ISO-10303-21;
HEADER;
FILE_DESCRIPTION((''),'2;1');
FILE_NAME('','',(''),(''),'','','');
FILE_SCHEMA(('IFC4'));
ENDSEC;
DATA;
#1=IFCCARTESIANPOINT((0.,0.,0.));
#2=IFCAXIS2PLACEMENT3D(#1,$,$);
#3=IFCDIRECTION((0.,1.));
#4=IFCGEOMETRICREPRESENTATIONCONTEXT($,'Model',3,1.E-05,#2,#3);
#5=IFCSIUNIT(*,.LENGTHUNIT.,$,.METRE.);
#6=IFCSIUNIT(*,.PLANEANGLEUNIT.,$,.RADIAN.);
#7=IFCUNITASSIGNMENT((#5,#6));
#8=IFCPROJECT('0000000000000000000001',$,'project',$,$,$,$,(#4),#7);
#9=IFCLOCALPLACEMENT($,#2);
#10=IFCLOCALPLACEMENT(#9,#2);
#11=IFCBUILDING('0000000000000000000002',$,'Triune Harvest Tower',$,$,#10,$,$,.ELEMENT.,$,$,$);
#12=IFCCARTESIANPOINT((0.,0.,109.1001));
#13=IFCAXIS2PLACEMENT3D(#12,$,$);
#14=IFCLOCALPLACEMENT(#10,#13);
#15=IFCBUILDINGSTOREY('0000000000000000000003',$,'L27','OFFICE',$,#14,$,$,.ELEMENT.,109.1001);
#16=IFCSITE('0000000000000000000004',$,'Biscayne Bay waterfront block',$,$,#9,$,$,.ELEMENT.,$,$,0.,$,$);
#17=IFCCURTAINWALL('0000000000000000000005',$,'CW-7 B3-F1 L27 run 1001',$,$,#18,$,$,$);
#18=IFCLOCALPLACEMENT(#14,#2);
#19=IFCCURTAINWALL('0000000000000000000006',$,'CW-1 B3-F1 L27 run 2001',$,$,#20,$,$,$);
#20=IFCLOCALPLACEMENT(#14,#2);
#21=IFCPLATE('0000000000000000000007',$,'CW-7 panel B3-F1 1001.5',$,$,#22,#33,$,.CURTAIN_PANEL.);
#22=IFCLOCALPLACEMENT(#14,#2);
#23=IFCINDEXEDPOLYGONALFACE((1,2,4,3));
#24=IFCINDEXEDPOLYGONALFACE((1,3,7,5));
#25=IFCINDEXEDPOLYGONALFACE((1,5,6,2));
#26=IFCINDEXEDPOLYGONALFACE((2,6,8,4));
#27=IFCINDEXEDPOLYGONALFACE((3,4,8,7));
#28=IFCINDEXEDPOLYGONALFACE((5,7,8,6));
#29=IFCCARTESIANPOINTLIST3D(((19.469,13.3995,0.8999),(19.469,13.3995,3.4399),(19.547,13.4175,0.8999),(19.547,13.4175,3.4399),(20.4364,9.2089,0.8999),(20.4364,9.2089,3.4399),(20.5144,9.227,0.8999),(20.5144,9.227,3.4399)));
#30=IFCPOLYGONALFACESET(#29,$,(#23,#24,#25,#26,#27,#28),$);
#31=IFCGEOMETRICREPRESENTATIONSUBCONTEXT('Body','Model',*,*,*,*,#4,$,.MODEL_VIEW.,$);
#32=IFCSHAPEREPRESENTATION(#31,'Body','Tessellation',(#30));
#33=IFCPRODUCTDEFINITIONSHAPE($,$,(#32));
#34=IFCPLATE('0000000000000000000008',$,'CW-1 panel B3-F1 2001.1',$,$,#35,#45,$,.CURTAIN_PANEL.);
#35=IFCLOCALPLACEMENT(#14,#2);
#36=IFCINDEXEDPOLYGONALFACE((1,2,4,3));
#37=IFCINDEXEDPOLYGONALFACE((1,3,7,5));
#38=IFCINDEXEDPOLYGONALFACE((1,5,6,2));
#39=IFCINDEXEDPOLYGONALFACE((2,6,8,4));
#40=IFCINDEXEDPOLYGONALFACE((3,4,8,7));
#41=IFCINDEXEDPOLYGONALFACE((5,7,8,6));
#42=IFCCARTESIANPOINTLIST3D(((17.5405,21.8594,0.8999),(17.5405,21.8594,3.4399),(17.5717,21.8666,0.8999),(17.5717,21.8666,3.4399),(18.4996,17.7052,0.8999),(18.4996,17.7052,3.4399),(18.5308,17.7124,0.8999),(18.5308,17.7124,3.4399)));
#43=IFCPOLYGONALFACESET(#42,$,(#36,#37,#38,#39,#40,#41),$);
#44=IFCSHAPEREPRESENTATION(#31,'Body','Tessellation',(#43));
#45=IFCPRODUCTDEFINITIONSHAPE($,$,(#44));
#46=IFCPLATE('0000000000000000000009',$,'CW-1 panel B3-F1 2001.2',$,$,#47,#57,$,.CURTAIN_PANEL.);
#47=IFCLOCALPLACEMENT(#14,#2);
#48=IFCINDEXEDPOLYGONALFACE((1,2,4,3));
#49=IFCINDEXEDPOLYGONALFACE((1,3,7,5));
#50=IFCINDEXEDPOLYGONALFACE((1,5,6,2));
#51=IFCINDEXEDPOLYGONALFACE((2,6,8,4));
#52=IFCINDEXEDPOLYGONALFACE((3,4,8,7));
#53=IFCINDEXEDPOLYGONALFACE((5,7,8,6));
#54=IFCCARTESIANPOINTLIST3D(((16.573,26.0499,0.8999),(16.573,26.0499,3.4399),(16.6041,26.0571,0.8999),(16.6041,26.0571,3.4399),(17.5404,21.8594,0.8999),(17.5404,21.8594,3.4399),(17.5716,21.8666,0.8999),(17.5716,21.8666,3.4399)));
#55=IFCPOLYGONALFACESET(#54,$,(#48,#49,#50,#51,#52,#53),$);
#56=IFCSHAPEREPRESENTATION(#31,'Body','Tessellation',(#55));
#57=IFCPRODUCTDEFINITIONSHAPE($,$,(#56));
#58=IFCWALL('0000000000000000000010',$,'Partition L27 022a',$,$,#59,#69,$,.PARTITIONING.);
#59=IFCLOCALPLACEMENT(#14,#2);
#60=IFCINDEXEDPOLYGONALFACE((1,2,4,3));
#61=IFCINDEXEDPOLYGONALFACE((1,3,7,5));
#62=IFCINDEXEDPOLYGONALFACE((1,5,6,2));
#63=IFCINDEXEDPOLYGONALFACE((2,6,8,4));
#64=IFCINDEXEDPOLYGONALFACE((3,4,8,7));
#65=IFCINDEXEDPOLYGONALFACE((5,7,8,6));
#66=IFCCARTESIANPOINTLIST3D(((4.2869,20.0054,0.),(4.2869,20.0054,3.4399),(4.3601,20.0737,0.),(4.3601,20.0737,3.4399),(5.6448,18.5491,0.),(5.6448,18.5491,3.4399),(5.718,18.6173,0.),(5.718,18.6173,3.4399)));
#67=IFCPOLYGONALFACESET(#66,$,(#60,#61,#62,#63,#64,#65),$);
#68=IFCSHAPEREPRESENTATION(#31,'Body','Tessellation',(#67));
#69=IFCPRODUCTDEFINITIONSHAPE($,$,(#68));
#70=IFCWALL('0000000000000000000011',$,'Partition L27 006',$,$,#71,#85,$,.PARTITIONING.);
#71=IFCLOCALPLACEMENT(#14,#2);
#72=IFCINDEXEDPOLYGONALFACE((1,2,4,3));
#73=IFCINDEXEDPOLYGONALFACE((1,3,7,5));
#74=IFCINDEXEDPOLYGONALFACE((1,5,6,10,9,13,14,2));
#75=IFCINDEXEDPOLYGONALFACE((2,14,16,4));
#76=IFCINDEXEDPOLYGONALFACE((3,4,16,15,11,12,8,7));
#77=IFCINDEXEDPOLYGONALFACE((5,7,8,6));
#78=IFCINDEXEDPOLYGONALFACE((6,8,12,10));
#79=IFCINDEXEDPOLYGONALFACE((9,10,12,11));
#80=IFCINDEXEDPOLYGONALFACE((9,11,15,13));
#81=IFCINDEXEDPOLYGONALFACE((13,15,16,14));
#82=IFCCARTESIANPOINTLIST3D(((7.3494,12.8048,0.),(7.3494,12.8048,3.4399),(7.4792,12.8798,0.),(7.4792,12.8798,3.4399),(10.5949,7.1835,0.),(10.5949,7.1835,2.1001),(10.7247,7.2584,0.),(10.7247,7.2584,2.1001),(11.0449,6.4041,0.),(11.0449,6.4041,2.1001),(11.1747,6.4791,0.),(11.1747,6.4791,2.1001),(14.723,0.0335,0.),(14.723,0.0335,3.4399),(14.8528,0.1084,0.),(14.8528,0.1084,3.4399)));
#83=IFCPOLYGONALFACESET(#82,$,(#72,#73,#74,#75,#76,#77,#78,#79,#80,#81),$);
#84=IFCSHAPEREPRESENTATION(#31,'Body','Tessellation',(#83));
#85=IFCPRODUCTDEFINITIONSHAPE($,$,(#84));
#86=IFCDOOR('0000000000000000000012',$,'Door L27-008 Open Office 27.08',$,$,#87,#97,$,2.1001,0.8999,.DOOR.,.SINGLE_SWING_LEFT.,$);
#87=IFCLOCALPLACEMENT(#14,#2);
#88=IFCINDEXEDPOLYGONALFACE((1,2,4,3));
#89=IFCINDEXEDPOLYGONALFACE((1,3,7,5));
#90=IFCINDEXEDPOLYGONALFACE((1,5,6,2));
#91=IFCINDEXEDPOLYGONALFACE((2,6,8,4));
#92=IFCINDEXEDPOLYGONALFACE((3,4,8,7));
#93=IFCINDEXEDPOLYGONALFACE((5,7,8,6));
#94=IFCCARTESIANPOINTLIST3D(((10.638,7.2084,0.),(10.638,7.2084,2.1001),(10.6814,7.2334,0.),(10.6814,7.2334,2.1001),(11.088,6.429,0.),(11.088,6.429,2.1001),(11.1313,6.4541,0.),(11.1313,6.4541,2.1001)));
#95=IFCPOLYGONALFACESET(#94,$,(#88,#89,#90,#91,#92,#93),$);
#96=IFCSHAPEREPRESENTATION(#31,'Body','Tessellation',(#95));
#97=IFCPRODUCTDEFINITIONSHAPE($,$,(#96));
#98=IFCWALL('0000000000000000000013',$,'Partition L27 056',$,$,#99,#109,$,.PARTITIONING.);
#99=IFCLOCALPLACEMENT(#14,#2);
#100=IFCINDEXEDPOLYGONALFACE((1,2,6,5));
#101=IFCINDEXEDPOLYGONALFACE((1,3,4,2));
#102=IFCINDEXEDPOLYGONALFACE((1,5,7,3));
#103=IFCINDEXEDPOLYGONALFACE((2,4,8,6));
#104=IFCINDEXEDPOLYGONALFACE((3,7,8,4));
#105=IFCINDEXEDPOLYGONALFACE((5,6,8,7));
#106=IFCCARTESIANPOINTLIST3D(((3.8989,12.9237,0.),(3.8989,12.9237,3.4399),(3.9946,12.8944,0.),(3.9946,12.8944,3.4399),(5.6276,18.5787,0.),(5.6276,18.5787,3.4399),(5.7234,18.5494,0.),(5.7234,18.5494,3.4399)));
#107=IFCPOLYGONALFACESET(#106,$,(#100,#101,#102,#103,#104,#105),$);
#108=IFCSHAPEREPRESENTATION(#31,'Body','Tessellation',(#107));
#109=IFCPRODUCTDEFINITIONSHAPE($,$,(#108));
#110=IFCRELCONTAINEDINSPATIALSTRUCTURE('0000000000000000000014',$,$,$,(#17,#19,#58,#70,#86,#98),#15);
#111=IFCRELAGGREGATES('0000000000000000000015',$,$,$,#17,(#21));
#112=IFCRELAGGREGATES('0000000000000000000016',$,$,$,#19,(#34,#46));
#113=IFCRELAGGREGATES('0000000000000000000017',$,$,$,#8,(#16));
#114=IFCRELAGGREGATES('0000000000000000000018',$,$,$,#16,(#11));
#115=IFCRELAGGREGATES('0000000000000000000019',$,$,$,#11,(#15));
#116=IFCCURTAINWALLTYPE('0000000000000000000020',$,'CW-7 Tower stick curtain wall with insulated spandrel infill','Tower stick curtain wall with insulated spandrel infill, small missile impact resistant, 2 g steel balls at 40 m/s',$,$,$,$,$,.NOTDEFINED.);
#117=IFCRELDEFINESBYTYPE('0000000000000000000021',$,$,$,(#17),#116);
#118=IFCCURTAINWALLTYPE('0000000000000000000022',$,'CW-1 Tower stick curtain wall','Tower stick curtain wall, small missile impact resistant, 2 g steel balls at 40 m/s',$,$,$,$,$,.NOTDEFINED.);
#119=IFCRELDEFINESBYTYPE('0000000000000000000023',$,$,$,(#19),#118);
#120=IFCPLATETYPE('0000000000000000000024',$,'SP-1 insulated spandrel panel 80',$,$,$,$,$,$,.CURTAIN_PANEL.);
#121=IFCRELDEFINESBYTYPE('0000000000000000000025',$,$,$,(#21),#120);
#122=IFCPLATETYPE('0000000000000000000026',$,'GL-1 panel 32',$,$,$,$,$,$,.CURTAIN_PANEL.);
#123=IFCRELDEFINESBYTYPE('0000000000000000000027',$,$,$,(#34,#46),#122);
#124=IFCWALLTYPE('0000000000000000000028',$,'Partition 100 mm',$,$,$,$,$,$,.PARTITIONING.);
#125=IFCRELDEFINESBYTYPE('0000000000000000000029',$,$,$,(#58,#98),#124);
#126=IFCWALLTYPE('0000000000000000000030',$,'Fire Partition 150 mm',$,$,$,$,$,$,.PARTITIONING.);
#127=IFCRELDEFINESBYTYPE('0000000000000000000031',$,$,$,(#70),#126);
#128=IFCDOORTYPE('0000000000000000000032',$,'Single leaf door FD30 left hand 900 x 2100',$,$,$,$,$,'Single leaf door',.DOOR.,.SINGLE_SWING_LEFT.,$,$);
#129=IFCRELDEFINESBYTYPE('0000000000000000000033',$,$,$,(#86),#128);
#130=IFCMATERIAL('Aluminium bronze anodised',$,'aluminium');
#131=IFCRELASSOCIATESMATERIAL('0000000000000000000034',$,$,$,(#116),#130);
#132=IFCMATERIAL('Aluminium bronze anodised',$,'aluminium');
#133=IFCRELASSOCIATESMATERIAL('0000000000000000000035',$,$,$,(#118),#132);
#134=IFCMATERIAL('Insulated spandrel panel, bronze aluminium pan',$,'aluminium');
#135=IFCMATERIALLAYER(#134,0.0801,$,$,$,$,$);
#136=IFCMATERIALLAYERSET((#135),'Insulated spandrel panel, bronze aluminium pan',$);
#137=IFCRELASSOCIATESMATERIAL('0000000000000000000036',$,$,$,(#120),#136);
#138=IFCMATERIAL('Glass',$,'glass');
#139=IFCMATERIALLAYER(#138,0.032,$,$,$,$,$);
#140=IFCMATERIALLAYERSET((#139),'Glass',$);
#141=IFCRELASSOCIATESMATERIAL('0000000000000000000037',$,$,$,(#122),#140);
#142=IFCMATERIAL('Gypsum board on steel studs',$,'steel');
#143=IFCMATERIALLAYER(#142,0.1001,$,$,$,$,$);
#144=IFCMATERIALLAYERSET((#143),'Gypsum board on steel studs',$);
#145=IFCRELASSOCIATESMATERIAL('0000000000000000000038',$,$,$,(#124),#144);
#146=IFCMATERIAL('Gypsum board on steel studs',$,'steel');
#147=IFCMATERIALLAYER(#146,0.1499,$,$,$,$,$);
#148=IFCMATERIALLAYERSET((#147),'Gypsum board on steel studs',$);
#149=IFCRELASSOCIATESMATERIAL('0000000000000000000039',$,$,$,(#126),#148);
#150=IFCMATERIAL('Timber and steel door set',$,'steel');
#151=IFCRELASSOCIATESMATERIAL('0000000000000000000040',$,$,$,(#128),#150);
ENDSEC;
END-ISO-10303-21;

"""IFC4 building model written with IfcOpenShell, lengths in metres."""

from ifc_helpers import new_model, si_unit, direction, frame, frame_2d, origin, origin_2d, place, context, subcontext, project, spatial, rectangle, extrude, source, transform, mapped, material, layer, layer_set, type_object, element, fill, aggregate, save


model = new_model("IFC4")

# Units and contexts
model_context = context("Model", 3, precision=1e-05, world=origin(), true_north=direction((0.0, 1.0)))
body_context = subcontext(model_context, "Body", "Model", "MODEL_VIEW")
ifc_project = project(units=[si_unit("LENGTHUNIT", "METRE"), si_unit("PLANEANGLEUNIT", "RADIAN")], contexts=[model_context])

# Site, building, storey
site_placement = place(None, origin())
site = spatial("IfcSite", under=ifc_project, at=site_placement, Name="Biscayne Bay waterfront block", CompositionType="ELEMENT", RefElevation=0.0)
building_placement = place(site_placement, origin())
building = spatial("IfcBuilding", under=site, at=building_placement, Name="Triune Harvest Tower", CompositionType="ELEMENT")
storey_placement = place(building_placement, frame((0.0, 0.0, 109.1001)))
storey = spatial("IfcBuildingStorey", under=building, at=storey_placement, Name="L27", Description="OFFICE", CompositionType="ELEMENT", Elevation=109.1001)

# Curtain wall
ifc_material_1 = material(Name="Aluminium bronze anodised", Category="aluminium")
curtain_wall_type_1 = type_object("IfcCurtainWallType", Name="CW-7 Tower stick curtain wall with insulated spandrel infill", Description="Tower stick curtain wall with insulated spandrel infill, small missile impact resistant, 2 g steel balls at 40 m/s", PredefinedType="NOTDEFINED", material=ifc_material_1)
curtain_wall_1_placement = place(storey_placement, origin())
curtain_wall_1 = element("IfcCurtainWall", 1, at=curtain_wall_1_placement, inside=storey, type_object=curtain_wall_type_1, Name="CW-7 B3-F1 L27 run 1001")

# Curtain wall
ifc_material_2 = material(Name="Aluminium bronze anodised", Category="aluminium")
curtain_wall_type_2 = type_object("IfcCurtainWallType", Name="CW-1 Tower stick curtain wall", Description="Tower stick curtain wall, small missile impact resistant, 2 g steel balls at 40 m/s", PredefinedType="NOTDEFINED", material=ifc_material_2)
curtain_wall_2_placement = place(storey_placement, origin())
curtain_wall_2 = element("IfcCurtainWall", 2, at=curtain_wall_2_placement, inside=storey, type_object=curtain_wall_type_2, Name="CW-1 B3-F1 L27 run 2001")

# Plates
ifc_material_3 = material(Name="Insulated spandrel panel, bronze aluminium pan", Category="aluminium")
ifc_layer_1 = layer(ifc_material_3, 0.0801)
ifc_layer_set_1 = layer_set([ifc_layer_1], Name="Insulated spandrel panel, bronze aluminium pan")
plate_type_1 = type_object("IfcPlateType", Name="SP-1 insulated spandrel panel 80", PredefinedType="CURTAIN_PANEL", material=ifc_layer_set_1)
shared_shape_1 = source(origin(), body_context, "Body", "SweptSolid", [
    extrude(rectangle(XDim=4.3008, YDim=0.0801, at=origin_2d()), origin(), (0.0, 0.0, 1.0), 2.54),
])
plate_1_placement = place(storey_placement, frame((19.9917, 11.3132, 0.8999), z_axis=(0.0, 0.0, 1.0), x_axis=(-0.224952, 0.97437, 0.0)))
plate_1 = element("IfcPlate", 3, at=plate_1_placement, type_object=plate_type_1, Name="CW-7 panel B3-F1 1001.5", PredefinedType="CURTAIN_PANEL", context=body_context, shape_type="MappedRepresentation", body=[
    mapped(shared_shape_1, transform((0.0, 0.0, 0.0), scale=1.0)),
])
aggregate(curtain_wall_1, [plate_1])
ifc_material_4 = material(Name="Glass", Category="glass")
ifc_layer_2 = layer(ifc_material_4, 0.032)
ifc_layer_set_2 = layer_set([ifc_layer_2], Name="Glass")
plate_type_2 = type_object("IfcPlateType", Name="GL-1 panel 32", PredefinedType="CURTAIN_PANEL", material=ifc_layer_set_2)
shared_shape_2 = source(origin(), body_context, "Body", "SweptSolid", [
    extrude(rectangle(XDim=4.2634, YDim=0.032, at=origin_2d()), origin(), (0.0, 0.0, 1.0), 2.54),
])
plate_2_placement = place(storey_placement, frame((18.0356, 19.7859, 0.8999), z_axis=(0.0, 0.0, 1.0), x_axis=(-0.224951, 0.97437, 0.0)))
plate_2 = element("IfcPlate", 4, at=plate_2_placement, type_object=plate_type_2, Name="CW-1 panel B3-F1 2001.1", PredefinedType="CURTAIN_PANEL", context=body_context, shape_type="MappedRepresentation", body=[
    mapped(shared_shape_2, transform((0.0, 0.0, 0.0), scale=1.0)),
])
shared_shape_3 = source(origin(), body_context, "Body", "SweptSolid", [
    extrude(rectangle(XDim=4.3008, YDim=0.032, at=origin_2d()), origin(), (0.0, 0.0, 1.0), 2.54),
])
plate_3_placement = place(storey_placement, frame((17.0723, 23.9583, 0.8999), z_axis=(0.0, 0.0, 1.0), x_axis=(-0.224951, 0.97437, 0.0)))
plate_3 = element("IfcPlate", 5, at=plate_3_placement, type_object=plate_type_2, Name="CW-1 panel B3-F1 2001.2", PredefinedType="CURTAIN_PANEL", context=body_context, shape_type="MappedRepresentation", body=[
    mapped(shared_shape_3, transform((0.0, 0.0, 0.0), scale=1.0)),
])
aggregate(curtain_wall_2, [plate_2, plate_3])

# Wall
ifc_material_5 = material(Name="Gypsum board on steel studs", Category="steel")
ifc_layer_3 = layer(ifc_material_5, 0.1001)
ifc_layer_set_3 = layer_set([ifc_layer_3], Name="Gypsum board on steel studs")
wall_type_1 = type_object("IfcWallType", Name="Partition 100 mm", PredefinedType="PARTITIONING", material=ifc_layer_set_3)
shared_shape_4 = source(origin(), body_context, "Body", "SweptSolid", [
    extrude(rectangle(XDim=1.9912, YDim=0.1001, at=frame_2d((0.9956, 0.0))), origin(), (0.0, 0.0, 1.0), 3.4399),
])
wall_1_placement = place(storey_placement, frame((4.3235, 20.0396, 0.0), z_axis=(0.0, 0.0, 1.0), x_axis=(0.681969, -0.731381, 0.0)))
element("IfcWall", 6, at=wall_1_placement, inside=storey, type_object=wall_type_1, Name="Partition L27 022a", PredefinedType="PARTITIONING", context=body_context, shape_type="MappedRepresentation", body=[
    mapped(shared_shape_4, transform((0.0, 0.0, 0.0), scale=1.0)),
])

# Wall, opening, door
ifc_material_6 = material(Name="Gypsum board on steel studs", Category="steel")
ifc_layer_4 = layer(ifc_material_6, 0.1499)
ifc_layer_set_4 = layer_set([ifc_layer_4], Name="Gypsum board on steel studs")
wall_type_2 = type_object("IfcWallType", Name="Fire Partition 150 mm", PredefinedType="PARTITIONING", material=ifc_layer_set_4)
shared_shape_5 = source(origin(), body_context, "Body", "SweptSolid", [
    extrude(rectangle(XDim=14.7471, YDim=0.1499, at=frame_2d((7.3735, 0.0))), origin(), (0.0, 0.0, 1.0), 3.4399),
])
wall_2_placement = place(storey_placement, frame((7.4143, 12.8423, 0.0), z_axis=(0.0, 0.0, 1.0), x_axis=(0.500003, -0.866024, 0.0)))
wall_2 = element("IfcWall", 7, at=wall_2_placement, inside=storey, type_object=wall_type_2, Name="Partition L27 006", PredefinedType="PARTITIONING", context=body_context, shape_type="MappedRepresentation", body=[
    mapped(shared_shape_5, transform((0.0, 0.0, 0.0), scale=1.0)),
])
opening_placement = place(wall_2_placement, frame((6.491, 0.0, 0.0)))
opening = element("IfcOpeningElement", 8, at=opening_placement, cuts=wall_2, PredefinedType="OPENING", context=body_context, shape_type="SweptSolid", body=[
    extrude(rectangle(XDim=0.8999, YDim=2.1001, at=frame_2d((0.45, 1.05))), frame((0.0, 0.085, 0.0), z_axis=(0.0, -1.0, 0.0), x_axis=(1.0, 0.0, 0.0)), (0.0, 0.0, 1.0), 0.1699),
])
ifc_material_7 = material(Name="Timber and steel door set", Category="steel")
door_type = type_object("IfcDoorType", Name="Single leaf door FD30 left hand 900 x 2100", ElementType="Single leaf door", OperationType="SINGLE_SWING_LEFT", PredefinedType="DOOR", material=ifc_material_7)
door_placement = place(opening_placement, origin())
door = element("IfcDoor", 9, at=door_placement, inside=storey, type_object=door_type, Name="Door L27-008 Open Office 27.08", OperationType="SINGLE_SWING_LEFT", OverallHeight=2.1001, OverallWidth=0.8999, PredefinedType="DOOR", context=body_context, shape_type="SweptSolid", body=[
    extrude(rectangle(XDim=0.8999, YDim=2.1001, at=frame_2d((0.45, 1.05))), frame((0.0, 0.0249, 0.0), z_axis=(0.0, -1.0, 0.0), x_axis=(1.0, 0.0, 0.0)), (0.0, 0.0, 1.0), 0.05),
])
fill(opening, door)

# Wall
shared_shape_6 = source(origin(), body_context, "Body", "SweptSolid", [
    extrude(rectangle(XDim=5.9133, YDim=0.1001, at=frame_2d((2.9565, 0.0))), origin(), (0.0, 0.0, 1.0), 3.4399),
])
wall_3_placement = place(storey_placement, frame((3.9468, 12.9092, 0.0), z_axis=(0.0, 0.0, 1.0), x_axis=(0.292348, 0.956312, 0.0)))
element("IfcWall", 10, at=wall_3_placement, inside=storey, type_object=wall_type_1, Name="Partition L27 056", PredefinedType="PARTITIONING", context=body_context, shape_type="MappedRepresentation", body=[
    mapped(shared_shape_6, transform((0.0, 0.0, 0.0), scale=1.0)),
])

save(model, "model.ifc")
